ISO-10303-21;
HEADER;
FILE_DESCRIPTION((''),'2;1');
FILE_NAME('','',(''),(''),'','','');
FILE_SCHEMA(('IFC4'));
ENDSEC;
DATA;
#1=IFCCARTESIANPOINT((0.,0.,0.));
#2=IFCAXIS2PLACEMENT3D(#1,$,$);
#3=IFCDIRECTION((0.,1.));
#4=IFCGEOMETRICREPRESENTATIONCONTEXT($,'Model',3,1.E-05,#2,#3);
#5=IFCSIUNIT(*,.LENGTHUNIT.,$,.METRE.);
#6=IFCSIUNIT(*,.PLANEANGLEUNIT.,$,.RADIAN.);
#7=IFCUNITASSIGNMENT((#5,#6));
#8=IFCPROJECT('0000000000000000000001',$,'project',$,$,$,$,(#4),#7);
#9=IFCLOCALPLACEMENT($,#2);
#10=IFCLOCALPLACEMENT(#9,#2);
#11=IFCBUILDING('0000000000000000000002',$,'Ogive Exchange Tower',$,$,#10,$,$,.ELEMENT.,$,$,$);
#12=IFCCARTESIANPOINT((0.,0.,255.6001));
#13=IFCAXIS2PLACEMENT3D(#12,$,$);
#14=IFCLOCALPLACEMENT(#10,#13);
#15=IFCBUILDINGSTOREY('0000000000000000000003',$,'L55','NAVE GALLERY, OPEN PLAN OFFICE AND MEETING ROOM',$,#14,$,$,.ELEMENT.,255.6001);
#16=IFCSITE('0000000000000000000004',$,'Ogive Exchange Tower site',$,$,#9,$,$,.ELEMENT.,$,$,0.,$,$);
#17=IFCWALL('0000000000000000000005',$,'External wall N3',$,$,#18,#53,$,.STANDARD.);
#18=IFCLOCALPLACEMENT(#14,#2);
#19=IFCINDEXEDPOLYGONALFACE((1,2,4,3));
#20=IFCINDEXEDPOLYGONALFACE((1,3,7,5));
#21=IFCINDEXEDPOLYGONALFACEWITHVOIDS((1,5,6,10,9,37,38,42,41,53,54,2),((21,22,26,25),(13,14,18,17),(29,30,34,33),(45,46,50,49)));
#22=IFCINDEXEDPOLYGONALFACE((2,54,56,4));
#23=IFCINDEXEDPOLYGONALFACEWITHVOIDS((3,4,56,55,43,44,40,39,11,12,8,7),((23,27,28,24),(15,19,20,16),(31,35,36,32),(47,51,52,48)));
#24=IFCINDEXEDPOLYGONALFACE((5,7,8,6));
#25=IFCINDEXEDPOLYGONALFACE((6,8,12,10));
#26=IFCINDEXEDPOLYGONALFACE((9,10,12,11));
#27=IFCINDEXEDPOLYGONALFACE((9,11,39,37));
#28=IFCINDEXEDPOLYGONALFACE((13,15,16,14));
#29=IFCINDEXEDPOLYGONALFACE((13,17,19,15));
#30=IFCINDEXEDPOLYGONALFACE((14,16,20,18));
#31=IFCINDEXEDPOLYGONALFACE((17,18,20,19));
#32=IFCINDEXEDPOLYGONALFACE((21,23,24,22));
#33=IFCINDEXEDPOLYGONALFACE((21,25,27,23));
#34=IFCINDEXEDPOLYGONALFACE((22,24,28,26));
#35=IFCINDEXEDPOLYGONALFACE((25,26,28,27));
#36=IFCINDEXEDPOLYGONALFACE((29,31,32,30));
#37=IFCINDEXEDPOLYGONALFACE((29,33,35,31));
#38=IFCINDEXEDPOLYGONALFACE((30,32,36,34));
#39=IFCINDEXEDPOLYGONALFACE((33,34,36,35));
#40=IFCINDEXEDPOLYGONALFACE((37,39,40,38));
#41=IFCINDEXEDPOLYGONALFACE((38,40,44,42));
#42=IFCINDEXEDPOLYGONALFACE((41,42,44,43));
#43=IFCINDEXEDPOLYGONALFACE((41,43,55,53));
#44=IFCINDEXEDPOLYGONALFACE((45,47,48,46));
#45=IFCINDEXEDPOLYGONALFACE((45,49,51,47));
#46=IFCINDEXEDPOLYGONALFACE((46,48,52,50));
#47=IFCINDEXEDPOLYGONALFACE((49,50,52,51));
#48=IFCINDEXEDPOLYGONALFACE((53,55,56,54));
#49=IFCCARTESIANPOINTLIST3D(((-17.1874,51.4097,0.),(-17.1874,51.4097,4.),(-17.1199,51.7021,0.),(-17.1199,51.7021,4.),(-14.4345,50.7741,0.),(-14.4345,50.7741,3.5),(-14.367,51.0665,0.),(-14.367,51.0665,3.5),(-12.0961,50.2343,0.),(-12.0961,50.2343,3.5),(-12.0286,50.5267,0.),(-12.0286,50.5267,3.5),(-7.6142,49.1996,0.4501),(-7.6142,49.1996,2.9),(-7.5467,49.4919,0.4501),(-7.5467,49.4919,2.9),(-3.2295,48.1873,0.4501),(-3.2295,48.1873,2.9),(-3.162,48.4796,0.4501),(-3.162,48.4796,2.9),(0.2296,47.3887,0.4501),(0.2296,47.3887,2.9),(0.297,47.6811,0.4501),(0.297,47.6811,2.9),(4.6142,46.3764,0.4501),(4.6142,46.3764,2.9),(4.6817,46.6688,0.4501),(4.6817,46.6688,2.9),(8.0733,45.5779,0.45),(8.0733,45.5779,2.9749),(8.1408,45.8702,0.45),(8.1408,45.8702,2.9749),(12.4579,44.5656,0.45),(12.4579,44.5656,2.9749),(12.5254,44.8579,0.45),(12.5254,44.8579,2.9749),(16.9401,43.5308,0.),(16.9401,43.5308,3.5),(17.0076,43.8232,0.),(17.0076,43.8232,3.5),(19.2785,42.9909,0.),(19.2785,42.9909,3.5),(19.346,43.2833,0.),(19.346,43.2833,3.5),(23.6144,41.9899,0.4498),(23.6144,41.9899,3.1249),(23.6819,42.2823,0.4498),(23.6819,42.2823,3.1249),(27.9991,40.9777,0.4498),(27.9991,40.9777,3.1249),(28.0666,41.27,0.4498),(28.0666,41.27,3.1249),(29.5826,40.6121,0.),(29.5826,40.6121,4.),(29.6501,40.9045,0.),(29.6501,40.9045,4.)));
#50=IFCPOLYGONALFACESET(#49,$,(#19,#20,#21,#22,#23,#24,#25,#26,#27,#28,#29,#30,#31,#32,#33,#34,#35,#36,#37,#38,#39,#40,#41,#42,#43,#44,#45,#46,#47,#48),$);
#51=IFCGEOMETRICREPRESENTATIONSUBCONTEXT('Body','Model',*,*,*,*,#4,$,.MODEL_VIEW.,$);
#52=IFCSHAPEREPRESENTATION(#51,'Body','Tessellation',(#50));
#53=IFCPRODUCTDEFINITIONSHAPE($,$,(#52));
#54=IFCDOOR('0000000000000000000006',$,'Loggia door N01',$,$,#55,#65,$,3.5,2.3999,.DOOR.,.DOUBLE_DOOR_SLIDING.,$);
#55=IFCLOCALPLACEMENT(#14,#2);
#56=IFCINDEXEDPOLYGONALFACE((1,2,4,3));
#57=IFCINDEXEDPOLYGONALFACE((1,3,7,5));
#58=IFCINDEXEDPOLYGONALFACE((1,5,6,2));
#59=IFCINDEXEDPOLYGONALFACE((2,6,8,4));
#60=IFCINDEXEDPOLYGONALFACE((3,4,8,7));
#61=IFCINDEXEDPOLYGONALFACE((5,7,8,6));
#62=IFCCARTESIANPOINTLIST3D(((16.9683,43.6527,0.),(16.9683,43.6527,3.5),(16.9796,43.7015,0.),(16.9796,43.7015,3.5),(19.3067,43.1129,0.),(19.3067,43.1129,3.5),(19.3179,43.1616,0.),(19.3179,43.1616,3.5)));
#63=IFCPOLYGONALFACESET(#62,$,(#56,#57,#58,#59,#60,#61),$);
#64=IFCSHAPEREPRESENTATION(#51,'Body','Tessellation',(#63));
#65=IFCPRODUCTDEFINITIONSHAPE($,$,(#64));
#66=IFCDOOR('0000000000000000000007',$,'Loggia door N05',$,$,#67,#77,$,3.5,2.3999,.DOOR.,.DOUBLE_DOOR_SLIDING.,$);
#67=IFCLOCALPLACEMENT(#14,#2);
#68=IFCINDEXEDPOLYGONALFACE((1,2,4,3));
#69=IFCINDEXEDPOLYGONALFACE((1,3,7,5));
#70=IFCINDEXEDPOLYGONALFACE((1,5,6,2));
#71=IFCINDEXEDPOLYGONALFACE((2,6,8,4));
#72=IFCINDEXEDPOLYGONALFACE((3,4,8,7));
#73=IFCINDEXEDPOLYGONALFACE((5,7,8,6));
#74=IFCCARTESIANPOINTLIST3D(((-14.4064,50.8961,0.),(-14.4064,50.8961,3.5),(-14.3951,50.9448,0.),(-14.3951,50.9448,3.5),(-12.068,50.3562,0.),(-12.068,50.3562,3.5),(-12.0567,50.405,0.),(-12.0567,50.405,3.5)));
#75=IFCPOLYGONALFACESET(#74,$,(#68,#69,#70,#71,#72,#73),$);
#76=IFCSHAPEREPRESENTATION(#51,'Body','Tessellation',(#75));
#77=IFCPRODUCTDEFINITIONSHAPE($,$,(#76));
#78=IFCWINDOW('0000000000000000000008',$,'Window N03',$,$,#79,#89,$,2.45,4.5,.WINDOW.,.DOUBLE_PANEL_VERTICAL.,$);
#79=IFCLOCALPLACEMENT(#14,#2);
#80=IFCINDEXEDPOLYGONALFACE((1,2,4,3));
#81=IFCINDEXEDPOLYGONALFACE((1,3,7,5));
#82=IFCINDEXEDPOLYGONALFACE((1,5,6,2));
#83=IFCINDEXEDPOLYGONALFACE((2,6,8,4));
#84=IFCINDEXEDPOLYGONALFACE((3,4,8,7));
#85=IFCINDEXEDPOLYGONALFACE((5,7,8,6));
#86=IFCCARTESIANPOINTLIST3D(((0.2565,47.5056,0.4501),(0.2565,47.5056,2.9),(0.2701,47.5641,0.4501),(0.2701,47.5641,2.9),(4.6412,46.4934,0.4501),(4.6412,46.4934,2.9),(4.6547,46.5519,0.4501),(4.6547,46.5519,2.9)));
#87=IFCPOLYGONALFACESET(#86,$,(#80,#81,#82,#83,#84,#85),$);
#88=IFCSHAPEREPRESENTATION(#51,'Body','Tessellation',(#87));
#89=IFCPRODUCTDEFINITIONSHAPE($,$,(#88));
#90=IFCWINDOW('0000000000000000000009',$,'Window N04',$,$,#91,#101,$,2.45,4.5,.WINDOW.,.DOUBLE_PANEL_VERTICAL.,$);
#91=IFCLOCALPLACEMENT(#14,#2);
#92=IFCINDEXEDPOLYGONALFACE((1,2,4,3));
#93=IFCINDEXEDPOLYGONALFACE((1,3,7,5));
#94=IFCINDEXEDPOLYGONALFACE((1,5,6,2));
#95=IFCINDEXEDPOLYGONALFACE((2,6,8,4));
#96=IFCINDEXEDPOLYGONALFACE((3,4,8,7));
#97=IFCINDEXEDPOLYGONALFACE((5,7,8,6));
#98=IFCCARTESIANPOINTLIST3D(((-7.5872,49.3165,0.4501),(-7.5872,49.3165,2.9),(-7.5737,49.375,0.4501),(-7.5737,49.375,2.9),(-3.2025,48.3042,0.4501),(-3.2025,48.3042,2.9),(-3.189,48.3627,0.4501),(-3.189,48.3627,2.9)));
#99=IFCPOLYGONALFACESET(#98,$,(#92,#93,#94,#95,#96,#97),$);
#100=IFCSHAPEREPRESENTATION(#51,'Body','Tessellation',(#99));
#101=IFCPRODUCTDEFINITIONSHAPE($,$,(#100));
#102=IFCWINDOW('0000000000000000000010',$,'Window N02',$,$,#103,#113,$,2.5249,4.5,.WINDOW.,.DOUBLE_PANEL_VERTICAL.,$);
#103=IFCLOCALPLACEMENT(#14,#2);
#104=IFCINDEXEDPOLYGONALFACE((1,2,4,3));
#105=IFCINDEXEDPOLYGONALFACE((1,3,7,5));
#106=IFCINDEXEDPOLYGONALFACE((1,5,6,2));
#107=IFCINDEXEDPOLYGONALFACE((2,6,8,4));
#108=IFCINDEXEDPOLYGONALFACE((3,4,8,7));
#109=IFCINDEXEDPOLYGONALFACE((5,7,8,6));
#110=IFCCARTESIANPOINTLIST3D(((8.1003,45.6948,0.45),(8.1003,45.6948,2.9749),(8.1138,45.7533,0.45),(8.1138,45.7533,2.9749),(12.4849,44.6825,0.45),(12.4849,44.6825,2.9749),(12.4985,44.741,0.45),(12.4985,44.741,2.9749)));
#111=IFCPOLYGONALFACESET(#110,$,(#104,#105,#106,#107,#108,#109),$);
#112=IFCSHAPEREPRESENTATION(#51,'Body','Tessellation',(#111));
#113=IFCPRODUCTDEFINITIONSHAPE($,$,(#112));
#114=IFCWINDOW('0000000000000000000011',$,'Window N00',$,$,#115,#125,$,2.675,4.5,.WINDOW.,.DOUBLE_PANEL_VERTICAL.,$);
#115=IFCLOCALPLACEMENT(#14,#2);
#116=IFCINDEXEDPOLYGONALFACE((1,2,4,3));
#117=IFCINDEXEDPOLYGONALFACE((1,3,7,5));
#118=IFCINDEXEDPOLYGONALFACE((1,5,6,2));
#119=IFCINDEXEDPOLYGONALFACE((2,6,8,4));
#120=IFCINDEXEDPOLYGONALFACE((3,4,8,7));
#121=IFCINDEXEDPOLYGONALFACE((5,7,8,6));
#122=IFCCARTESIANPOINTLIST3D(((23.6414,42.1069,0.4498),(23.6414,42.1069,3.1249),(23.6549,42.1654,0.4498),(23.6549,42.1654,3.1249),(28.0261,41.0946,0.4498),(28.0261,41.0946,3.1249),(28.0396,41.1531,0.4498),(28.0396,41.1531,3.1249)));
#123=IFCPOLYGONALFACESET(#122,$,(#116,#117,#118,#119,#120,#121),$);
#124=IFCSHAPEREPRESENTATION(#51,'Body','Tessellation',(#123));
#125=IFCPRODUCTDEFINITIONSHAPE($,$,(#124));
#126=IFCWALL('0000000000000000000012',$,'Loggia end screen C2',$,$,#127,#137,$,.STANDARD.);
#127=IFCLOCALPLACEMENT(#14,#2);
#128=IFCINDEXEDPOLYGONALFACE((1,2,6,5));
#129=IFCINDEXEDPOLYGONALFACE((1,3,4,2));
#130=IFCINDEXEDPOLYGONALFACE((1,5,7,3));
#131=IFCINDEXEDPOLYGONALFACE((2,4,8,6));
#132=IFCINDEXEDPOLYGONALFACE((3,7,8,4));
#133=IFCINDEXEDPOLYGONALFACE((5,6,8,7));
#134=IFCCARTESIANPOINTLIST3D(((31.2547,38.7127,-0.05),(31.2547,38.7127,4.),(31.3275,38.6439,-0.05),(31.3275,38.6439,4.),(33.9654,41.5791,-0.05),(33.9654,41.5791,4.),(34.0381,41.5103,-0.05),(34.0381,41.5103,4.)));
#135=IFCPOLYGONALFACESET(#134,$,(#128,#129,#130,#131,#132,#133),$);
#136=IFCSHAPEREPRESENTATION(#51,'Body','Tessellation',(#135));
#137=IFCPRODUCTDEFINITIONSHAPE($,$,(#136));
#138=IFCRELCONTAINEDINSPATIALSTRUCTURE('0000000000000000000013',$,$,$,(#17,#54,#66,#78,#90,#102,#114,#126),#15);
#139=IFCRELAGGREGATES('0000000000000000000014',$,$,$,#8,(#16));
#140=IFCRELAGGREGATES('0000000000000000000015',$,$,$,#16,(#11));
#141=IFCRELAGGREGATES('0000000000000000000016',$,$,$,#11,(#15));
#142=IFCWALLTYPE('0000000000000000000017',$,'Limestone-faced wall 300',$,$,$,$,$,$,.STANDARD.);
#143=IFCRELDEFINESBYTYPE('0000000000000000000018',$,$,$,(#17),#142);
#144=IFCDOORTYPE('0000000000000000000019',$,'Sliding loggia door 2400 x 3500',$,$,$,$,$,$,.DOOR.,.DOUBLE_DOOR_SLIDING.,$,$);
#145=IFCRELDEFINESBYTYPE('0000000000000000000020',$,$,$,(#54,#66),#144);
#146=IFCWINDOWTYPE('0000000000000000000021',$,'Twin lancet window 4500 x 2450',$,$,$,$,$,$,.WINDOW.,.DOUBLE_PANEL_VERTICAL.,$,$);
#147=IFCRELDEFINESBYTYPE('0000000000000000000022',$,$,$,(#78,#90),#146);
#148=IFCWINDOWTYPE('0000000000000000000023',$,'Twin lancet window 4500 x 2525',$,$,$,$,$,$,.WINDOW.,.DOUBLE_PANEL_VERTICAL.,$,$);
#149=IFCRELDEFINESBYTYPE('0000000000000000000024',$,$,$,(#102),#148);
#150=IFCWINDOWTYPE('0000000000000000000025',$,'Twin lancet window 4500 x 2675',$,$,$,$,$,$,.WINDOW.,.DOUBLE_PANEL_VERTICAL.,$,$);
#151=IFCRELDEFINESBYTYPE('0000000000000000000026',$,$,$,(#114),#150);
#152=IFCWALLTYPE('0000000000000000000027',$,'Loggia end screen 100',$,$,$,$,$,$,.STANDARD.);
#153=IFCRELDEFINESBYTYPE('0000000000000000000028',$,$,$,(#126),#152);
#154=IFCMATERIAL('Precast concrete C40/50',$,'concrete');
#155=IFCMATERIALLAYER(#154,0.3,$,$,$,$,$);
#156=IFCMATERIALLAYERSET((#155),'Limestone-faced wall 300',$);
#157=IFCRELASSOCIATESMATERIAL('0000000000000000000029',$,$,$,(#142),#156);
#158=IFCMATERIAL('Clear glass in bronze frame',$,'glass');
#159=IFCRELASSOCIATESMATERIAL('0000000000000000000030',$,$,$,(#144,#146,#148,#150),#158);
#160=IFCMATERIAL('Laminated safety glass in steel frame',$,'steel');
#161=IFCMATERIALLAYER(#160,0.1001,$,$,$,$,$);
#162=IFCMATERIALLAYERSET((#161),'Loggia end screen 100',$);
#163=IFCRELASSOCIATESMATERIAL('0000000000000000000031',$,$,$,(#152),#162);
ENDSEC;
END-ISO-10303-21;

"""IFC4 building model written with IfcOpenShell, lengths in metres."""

from ifc_helpers import new_model, si_unit, direction, frame, frame_2d, origin, place, context, subcontext, project, spatial, rectangle, extrude, material, layer, layer_set, type_object, element, fill, save


model = new_model("IFC4")

# Units and contexts
model_context = context("Model", 3, precision=1e-05, world=origin(), true_north=direction((0.0, 1.0)))
body_context = subcontext(model_context, "Body", "Model", "MODEL_VIEW")
ifc_project = project(units=[si_unit("LENGTHUNIT", "METRE"), si_unit("PLANEANGLEUNIT", "RADIAN")], contexts=[model_context])

# Site, building, storey
site_placement = place(None, origin())
site = spatial("IfcSite", under=ifc_project, at=site_placement, Name="Ogive Exchange Tower site", CompositionType="ELEMENT", RefElevation=0.0)
building_placement = place(site_placement, origin())
building = spatial("IfcBuilding", under=site, at=building_placement, Name="Ogive Exchange Tower", CompositionType="ELEMENT")
storey_placement = place(building_placement, frame((0.0, 0.0, 255.6001)))
storey = spatial("IfcBuildingStorey", under=building, at=storey_placement, Name="L55", Description="NAVE GALLERY, OPEN PLAN OFFICE AND MEETING ROOM", CompositionType="ELEMENT", Elevation=255.6001)

# Wall, openings, doors, windows
ifc_material_1 = material(Name="Precast concrete C40/50", Category="concrete")
ifc_layer_1 = layer(ifc_material_1, 0.3)
ifc_layer_set_1 = layer_set([ifc_layer_1], Name="Limestone-faced wall 300")
wall_type_1 = type_object("IfcWallType", Name="Limestone-faced wall 300", PredefinedType="STANDARD", material=ifc_layer_set_1)
wall_1_placement = place(storey_placement, frame((29.6162, 40.7583, 0.0), z_axis=(0.0, 0.0, 1.0), x_axis=(-0.974371, 0.224949, 0.0)))
wall_1 = element("IfcWall", 1, at=wall_1_placement, inside=storey, type_object=wall_type_1, Name="External wall N3", PredefinedType="STANDARD", context=body_context, shape_type="SweptSolid", body=[
    extrude(rectangle(XDim=48.0002, YDim=0.3, at=frame_2d((24.0, 0.0))), origin(), (0.0, 0.0, 1.0), 4.0),
])
opening_1_placement = place(wall_1_placement, frame((1.625, 0.0, 0.45)))
opening_1 = element("IfcOpeningElement", 2, at=opening_1_placement, cuts=wall_1, PredefinedType="OPENING", context=body_context, shape_type="SweptSolid", body=[
    extrude(rectangle(XDim=4.5, YDim=2.675, at=frame_2d((2.25, 1.3374))), frame((0.0, 0.1599, 0.0), z_axis=(0.0, -1.0, 0.0), x_axis=(1.0, 0.0, 0.0)), (0.0, 0.0, 1.0), 0.3201),
])
opening_2_placement = place(wall_1_placement, frame((10.575, 0.0, 0.0)))
opening_2 = element("IfcOpeningElement", 3, at=opening_2_placement, cuts=wall_1, PredefinedType="OPENING", context=body_context, shape_type="SweptSolid", body=[
    extrude(rectangle(XDim=2.3999, YDim=3.5, at=frame_2d((1.2, 1.75))), frame((0.0, 0.1599, 0.0), z_axis=(0.0, -1.0, 0.0), x_axis=(1.0, 0.0, 0.0)), (0.0, 0.0, 1.0), 0.3201),
])
opening_3_placement = place(wall_1_placement, frame((17.575, 0.0, 0.45)))
opening_3 = element("IfcOpeningElement", 4, at=opening_3_placement, cuts=wall_1, PredefinedType="OPENING", context=body_context, shape_type="SweptSolid", body=[
    extrude(rectangle(XDim=4.5, YDim=2.5249, at=frame_2d((2.25, 1.2625))), frame((0.0, 0.1599, 0.0), z_axis=(0.0, -1.0, 0.0), x_axis=(1.0, 0.0, 0.0)), (0.0, 0.0, 1.0), 0.3201),
])
opening_4_placement = place(wall_1_placement, frame((25.625, 0.0, 0.45)))
opening_4 = element("IfcOpeningElement", 5, at=opening_4_placement, cuts=wall_1, PredefinedType="OPENING", context=body_context, shape_type="SweptSolid", body=[
    extrude(rectangle(XDim=4.5, YDim=2.45, at=frame_2d((2.25, 1.2251))), frame((0.0, 0.1599, 0.0), z_axis=(0.0, -1.0, 0.0), x_axis=(1.0, 0.0, 0.0)), (0.0, 0.0, 1.0), 0.3201),
])
opening_5_placement = place(wall_1_placement, frame((33.675, 0.0, 0.45)))
opening_5 = element("IfcOpeningElement", 6, at=opening_5_placement, cuts=wall_1, PredefinedType="OPENING", context=body_context, shape_type="SweptSolid", body=[
    extrude(rectangle(XDim=4.5, YDim=2.45, at=frame_2d((2.25, 1.2251))), frame((0.0, 0.1599, 0.0), z_axis=(0.0, -1.0, 0.0), x_axis=(1.0, 0.0, 0.0)), (0.0, 0.0, 1.0), 0.3201),
])
opening_6_placement = place(wall_1_placement, frame((42.7749, 0.0, 0.0)))
opening_6 = element("IfcOpeningElement", 7, at=opening_6_placement, cuts=wall_1, PredefinedType="OPENING", context=body_context, shape_type="SweptSolid", body=[
    extrude(rectangle(XDim=2.3999, YDim=3.5, at=frame_2d((1.2, 1.75))), frame((0.0, 0.1599, 0.0), z_axis=(0.0, -1.0, 0.0), x_axis=(1.0, 0.0, 0.0)), (0.0, 0.0, 1.0), 0.3201),
])
ifc_material_2 = material(Name="Clear glass in bronze frame", Category="glass")
door_type_1 = type_object("IfcDoorType", Name="Sliding loggia door 2400 x 3500", OperationType="DOUBLE_DOOR_SLIDING", PredefinedType="DOOR", material=ifc_material_2)
door_1_placement = place(opening_2_placement, origin())
door_1 = element("IfcDoor", 8, at=door_1_placement, inside=storey, type_object=door_type_1, Name="Loggia door N01", OperationType="DOUBLE_DOOR_SLIDING", OverallHeight=3.5, OverallWidth=2.3999, PredefinedType="DOOR", context=body_context, shape_type="SweptSolid", body=[
    extrude(rectangle(XDim=2.3999, YDim=3.5, at=frame_2d((1.2, 1.75))), frame((0.0, 0.0249, 0.0), z_axis=(0.0, -1.0, 0.0), x_axis=(1.0, 0.0, 0.0)), (0.0, 0.0, 1.0), 0.05),
])
fill(opening_2, door_1)
door_2_placement = place(opening_6_placement, origin())
door_2 = element("IfcDoor", 9, at=door_2_placement, inside=storey, type_object=door_type_1, Name="Loggia door N05", OperationType="DOUBLE_DOOR_SLIDING", OverallHeight=3.5, OverallWidth=2.3999, PredefinedType="DOOR", context=body_context, shape_type="SweptSolid", body=[
    extrude(rectangle(XDim=2.3999, YDim=3.5, at=frame_2d((1.2, 1.75))), frame((0.0, 0.0249, 0.0), z_axis=(0.0, -1.0, 0.0), x_axis=(1.0, 0.0, 0.0)), (0.0, 0.0, 1.0), 0.05),
])
fill(opening_6, door_2)
window_type_1 = type_object("IfcWindowType", Name="Twin lancet window 4500 x 2450", PartitioningType="DOUBLE_PANEL_VERTICAL", PredefinedType="WINDOW", material=ifc_material_2)
window_1_placement = place(opening_4_placement, origin())
window_1 = element("IfcWindow", 10, at=window_1_placement, inside=storey, type_object=window_type_1, Name="Window N03", OverallHeight=2.45, OverallWidth=4.5, PartitioningType="DOUBLE_PANEL_VERTICAL", PredefinedType="WINDOW", context=body_context, shape_type="SweptSolid", body=[
    extrude(rectangle(XDim=4.5, YDim=2.45, at=frame_2d((2.25, 1.2251))), frame((0.0, 0.03, 0.0), z_axis=(0.0, -1.0, 0.0), x_axis=(1.0, 0.0, 0.0)), (0.0, 0.0, 1.0), 0.0601),
])
fill(opening_4, window_1)
window_2_placement = place(opening_5_placement, origin())
window_2 = element("IfcWindow", 11, at=window_2_placement, inside=storey, type_object=window_type_1, Name="Window N04", OverallHeight=2.45, OverallWidth=4.5, PartitioningType="DOUBLE_PANEL_VERTICAL", PredefinedType="WINDOW", context=body_context, shape_type="SweptSolid", body=[
    extrude(rectangle(XDim=4.5, YDim=2.45, at=frame_2d((2.25, 1.2251))), frame((0.0, 0.03, 0.0), z_axis=(0.0, -1.0, 0.0), x_axis=(1.0, 0.0, 0.0)), (0.0, 0.0, 1.0), 0.0601),
])
fill(opening_5, window_2)
window_type_2 = type_object("IfcWindowType", Name="Twin lancet window 4500 x 2525", PartitioningType="DOUBLE_PANEL_VERTICAL", PredefinedType="WINDOW", material=ifc_material_2)
window_3_placement = place(opening_3_placement, origin())
window_3 = element("IfcWindow", 12, at=window_3_placement, inside=storey, type_object=window_type_2, Name="Window N02", OverallHeight=2.5249, OverallWidth=4.5, PartitioningType="DOUBLE_PANEL_VERTICAL", PredefinedType="WINDOW", context=body_context, shape_type="SweptSolid", body=[
    extrude(rectangle(XDim=4.5, YDim=2.5249, at=frame_2d((2.25, 1.2625))), frame((0.0, 0.03, 0.0), z_axis=(0.0, -1.0, 0.0), x_axis=(1.0, 0.0, 0.0)), (0.0, 0.0, 1.0), 0.0601),
])
fill(opening_3, window_3)
window_type_3 = type_object("IfcWindowType", Name="Twin lancet window 4500 x 2675", PartitioningType="DOUBLE_PANEL_VERTICAL", PredefinedType="WINDOW", material=ifc_material_2)
window_4_placement = place(opening_1_placement, origin())
window_4 = element("IfcWindow", 13, at=window_4_placement, inside=storey, type_object=window_type_3, Name="Window N00", OverallHeight=2.675, OverallWidth=4.5, PartitioningType="DOUBLE_PANEL_VERTICAL", PredefinedType="WINDOW", context=body_context, shape_type="SweptSolid", body=[
    extrude(rectangle(XDim=4.5, YDim=2.675, at=frame_2d((2.25, 1.3374))), frame((0.0, 0.03, 0.0), z_axis=(0.0, -1.0, 0.0), x_axis=(1.0, 0.0, 0.0)), (0.0, 0.0, 1.0), 0.0601),
])
fill(opening_1, window_4)

# Wall
ifc_material_3 = material(Name="Laminated safety glass in steel frame", Category="steel")
ifc_layer_2 = layer(ifc_material_3, 0.1001)
ifc_layer_set_2 = layer_set([ifc_layer_2], Name="Loggia end screen 100")
wall_type_2 = type_object("IfcWallType", Name="Loggia end screen 100", PredefinedType="STANDARD", material=ifc_layer_set_2)
wall_2_placement = place(storey_placement, frame((31.291, 38.6782, -0.05), z_axis=(0.0, 0.0, 1.0), x_axis=(0.68709, 0.726572, 0.0)))
element("IfcWall", 14, at=wall_2_placement, inside=storey, type_object=wall_type_2, Name="Loggia end screen C2", PredefinedType="STANDARD", context=body_context, shape_type="SweptSolid", body=[
    extrude(rectangle(XDim=3.9451, YDim=0.1001, at=frame_2d((1.9727, 0.0))), origin(), (0.0, 0.0, 1.0), 4.05),
])

save(model, "model.ifc")
